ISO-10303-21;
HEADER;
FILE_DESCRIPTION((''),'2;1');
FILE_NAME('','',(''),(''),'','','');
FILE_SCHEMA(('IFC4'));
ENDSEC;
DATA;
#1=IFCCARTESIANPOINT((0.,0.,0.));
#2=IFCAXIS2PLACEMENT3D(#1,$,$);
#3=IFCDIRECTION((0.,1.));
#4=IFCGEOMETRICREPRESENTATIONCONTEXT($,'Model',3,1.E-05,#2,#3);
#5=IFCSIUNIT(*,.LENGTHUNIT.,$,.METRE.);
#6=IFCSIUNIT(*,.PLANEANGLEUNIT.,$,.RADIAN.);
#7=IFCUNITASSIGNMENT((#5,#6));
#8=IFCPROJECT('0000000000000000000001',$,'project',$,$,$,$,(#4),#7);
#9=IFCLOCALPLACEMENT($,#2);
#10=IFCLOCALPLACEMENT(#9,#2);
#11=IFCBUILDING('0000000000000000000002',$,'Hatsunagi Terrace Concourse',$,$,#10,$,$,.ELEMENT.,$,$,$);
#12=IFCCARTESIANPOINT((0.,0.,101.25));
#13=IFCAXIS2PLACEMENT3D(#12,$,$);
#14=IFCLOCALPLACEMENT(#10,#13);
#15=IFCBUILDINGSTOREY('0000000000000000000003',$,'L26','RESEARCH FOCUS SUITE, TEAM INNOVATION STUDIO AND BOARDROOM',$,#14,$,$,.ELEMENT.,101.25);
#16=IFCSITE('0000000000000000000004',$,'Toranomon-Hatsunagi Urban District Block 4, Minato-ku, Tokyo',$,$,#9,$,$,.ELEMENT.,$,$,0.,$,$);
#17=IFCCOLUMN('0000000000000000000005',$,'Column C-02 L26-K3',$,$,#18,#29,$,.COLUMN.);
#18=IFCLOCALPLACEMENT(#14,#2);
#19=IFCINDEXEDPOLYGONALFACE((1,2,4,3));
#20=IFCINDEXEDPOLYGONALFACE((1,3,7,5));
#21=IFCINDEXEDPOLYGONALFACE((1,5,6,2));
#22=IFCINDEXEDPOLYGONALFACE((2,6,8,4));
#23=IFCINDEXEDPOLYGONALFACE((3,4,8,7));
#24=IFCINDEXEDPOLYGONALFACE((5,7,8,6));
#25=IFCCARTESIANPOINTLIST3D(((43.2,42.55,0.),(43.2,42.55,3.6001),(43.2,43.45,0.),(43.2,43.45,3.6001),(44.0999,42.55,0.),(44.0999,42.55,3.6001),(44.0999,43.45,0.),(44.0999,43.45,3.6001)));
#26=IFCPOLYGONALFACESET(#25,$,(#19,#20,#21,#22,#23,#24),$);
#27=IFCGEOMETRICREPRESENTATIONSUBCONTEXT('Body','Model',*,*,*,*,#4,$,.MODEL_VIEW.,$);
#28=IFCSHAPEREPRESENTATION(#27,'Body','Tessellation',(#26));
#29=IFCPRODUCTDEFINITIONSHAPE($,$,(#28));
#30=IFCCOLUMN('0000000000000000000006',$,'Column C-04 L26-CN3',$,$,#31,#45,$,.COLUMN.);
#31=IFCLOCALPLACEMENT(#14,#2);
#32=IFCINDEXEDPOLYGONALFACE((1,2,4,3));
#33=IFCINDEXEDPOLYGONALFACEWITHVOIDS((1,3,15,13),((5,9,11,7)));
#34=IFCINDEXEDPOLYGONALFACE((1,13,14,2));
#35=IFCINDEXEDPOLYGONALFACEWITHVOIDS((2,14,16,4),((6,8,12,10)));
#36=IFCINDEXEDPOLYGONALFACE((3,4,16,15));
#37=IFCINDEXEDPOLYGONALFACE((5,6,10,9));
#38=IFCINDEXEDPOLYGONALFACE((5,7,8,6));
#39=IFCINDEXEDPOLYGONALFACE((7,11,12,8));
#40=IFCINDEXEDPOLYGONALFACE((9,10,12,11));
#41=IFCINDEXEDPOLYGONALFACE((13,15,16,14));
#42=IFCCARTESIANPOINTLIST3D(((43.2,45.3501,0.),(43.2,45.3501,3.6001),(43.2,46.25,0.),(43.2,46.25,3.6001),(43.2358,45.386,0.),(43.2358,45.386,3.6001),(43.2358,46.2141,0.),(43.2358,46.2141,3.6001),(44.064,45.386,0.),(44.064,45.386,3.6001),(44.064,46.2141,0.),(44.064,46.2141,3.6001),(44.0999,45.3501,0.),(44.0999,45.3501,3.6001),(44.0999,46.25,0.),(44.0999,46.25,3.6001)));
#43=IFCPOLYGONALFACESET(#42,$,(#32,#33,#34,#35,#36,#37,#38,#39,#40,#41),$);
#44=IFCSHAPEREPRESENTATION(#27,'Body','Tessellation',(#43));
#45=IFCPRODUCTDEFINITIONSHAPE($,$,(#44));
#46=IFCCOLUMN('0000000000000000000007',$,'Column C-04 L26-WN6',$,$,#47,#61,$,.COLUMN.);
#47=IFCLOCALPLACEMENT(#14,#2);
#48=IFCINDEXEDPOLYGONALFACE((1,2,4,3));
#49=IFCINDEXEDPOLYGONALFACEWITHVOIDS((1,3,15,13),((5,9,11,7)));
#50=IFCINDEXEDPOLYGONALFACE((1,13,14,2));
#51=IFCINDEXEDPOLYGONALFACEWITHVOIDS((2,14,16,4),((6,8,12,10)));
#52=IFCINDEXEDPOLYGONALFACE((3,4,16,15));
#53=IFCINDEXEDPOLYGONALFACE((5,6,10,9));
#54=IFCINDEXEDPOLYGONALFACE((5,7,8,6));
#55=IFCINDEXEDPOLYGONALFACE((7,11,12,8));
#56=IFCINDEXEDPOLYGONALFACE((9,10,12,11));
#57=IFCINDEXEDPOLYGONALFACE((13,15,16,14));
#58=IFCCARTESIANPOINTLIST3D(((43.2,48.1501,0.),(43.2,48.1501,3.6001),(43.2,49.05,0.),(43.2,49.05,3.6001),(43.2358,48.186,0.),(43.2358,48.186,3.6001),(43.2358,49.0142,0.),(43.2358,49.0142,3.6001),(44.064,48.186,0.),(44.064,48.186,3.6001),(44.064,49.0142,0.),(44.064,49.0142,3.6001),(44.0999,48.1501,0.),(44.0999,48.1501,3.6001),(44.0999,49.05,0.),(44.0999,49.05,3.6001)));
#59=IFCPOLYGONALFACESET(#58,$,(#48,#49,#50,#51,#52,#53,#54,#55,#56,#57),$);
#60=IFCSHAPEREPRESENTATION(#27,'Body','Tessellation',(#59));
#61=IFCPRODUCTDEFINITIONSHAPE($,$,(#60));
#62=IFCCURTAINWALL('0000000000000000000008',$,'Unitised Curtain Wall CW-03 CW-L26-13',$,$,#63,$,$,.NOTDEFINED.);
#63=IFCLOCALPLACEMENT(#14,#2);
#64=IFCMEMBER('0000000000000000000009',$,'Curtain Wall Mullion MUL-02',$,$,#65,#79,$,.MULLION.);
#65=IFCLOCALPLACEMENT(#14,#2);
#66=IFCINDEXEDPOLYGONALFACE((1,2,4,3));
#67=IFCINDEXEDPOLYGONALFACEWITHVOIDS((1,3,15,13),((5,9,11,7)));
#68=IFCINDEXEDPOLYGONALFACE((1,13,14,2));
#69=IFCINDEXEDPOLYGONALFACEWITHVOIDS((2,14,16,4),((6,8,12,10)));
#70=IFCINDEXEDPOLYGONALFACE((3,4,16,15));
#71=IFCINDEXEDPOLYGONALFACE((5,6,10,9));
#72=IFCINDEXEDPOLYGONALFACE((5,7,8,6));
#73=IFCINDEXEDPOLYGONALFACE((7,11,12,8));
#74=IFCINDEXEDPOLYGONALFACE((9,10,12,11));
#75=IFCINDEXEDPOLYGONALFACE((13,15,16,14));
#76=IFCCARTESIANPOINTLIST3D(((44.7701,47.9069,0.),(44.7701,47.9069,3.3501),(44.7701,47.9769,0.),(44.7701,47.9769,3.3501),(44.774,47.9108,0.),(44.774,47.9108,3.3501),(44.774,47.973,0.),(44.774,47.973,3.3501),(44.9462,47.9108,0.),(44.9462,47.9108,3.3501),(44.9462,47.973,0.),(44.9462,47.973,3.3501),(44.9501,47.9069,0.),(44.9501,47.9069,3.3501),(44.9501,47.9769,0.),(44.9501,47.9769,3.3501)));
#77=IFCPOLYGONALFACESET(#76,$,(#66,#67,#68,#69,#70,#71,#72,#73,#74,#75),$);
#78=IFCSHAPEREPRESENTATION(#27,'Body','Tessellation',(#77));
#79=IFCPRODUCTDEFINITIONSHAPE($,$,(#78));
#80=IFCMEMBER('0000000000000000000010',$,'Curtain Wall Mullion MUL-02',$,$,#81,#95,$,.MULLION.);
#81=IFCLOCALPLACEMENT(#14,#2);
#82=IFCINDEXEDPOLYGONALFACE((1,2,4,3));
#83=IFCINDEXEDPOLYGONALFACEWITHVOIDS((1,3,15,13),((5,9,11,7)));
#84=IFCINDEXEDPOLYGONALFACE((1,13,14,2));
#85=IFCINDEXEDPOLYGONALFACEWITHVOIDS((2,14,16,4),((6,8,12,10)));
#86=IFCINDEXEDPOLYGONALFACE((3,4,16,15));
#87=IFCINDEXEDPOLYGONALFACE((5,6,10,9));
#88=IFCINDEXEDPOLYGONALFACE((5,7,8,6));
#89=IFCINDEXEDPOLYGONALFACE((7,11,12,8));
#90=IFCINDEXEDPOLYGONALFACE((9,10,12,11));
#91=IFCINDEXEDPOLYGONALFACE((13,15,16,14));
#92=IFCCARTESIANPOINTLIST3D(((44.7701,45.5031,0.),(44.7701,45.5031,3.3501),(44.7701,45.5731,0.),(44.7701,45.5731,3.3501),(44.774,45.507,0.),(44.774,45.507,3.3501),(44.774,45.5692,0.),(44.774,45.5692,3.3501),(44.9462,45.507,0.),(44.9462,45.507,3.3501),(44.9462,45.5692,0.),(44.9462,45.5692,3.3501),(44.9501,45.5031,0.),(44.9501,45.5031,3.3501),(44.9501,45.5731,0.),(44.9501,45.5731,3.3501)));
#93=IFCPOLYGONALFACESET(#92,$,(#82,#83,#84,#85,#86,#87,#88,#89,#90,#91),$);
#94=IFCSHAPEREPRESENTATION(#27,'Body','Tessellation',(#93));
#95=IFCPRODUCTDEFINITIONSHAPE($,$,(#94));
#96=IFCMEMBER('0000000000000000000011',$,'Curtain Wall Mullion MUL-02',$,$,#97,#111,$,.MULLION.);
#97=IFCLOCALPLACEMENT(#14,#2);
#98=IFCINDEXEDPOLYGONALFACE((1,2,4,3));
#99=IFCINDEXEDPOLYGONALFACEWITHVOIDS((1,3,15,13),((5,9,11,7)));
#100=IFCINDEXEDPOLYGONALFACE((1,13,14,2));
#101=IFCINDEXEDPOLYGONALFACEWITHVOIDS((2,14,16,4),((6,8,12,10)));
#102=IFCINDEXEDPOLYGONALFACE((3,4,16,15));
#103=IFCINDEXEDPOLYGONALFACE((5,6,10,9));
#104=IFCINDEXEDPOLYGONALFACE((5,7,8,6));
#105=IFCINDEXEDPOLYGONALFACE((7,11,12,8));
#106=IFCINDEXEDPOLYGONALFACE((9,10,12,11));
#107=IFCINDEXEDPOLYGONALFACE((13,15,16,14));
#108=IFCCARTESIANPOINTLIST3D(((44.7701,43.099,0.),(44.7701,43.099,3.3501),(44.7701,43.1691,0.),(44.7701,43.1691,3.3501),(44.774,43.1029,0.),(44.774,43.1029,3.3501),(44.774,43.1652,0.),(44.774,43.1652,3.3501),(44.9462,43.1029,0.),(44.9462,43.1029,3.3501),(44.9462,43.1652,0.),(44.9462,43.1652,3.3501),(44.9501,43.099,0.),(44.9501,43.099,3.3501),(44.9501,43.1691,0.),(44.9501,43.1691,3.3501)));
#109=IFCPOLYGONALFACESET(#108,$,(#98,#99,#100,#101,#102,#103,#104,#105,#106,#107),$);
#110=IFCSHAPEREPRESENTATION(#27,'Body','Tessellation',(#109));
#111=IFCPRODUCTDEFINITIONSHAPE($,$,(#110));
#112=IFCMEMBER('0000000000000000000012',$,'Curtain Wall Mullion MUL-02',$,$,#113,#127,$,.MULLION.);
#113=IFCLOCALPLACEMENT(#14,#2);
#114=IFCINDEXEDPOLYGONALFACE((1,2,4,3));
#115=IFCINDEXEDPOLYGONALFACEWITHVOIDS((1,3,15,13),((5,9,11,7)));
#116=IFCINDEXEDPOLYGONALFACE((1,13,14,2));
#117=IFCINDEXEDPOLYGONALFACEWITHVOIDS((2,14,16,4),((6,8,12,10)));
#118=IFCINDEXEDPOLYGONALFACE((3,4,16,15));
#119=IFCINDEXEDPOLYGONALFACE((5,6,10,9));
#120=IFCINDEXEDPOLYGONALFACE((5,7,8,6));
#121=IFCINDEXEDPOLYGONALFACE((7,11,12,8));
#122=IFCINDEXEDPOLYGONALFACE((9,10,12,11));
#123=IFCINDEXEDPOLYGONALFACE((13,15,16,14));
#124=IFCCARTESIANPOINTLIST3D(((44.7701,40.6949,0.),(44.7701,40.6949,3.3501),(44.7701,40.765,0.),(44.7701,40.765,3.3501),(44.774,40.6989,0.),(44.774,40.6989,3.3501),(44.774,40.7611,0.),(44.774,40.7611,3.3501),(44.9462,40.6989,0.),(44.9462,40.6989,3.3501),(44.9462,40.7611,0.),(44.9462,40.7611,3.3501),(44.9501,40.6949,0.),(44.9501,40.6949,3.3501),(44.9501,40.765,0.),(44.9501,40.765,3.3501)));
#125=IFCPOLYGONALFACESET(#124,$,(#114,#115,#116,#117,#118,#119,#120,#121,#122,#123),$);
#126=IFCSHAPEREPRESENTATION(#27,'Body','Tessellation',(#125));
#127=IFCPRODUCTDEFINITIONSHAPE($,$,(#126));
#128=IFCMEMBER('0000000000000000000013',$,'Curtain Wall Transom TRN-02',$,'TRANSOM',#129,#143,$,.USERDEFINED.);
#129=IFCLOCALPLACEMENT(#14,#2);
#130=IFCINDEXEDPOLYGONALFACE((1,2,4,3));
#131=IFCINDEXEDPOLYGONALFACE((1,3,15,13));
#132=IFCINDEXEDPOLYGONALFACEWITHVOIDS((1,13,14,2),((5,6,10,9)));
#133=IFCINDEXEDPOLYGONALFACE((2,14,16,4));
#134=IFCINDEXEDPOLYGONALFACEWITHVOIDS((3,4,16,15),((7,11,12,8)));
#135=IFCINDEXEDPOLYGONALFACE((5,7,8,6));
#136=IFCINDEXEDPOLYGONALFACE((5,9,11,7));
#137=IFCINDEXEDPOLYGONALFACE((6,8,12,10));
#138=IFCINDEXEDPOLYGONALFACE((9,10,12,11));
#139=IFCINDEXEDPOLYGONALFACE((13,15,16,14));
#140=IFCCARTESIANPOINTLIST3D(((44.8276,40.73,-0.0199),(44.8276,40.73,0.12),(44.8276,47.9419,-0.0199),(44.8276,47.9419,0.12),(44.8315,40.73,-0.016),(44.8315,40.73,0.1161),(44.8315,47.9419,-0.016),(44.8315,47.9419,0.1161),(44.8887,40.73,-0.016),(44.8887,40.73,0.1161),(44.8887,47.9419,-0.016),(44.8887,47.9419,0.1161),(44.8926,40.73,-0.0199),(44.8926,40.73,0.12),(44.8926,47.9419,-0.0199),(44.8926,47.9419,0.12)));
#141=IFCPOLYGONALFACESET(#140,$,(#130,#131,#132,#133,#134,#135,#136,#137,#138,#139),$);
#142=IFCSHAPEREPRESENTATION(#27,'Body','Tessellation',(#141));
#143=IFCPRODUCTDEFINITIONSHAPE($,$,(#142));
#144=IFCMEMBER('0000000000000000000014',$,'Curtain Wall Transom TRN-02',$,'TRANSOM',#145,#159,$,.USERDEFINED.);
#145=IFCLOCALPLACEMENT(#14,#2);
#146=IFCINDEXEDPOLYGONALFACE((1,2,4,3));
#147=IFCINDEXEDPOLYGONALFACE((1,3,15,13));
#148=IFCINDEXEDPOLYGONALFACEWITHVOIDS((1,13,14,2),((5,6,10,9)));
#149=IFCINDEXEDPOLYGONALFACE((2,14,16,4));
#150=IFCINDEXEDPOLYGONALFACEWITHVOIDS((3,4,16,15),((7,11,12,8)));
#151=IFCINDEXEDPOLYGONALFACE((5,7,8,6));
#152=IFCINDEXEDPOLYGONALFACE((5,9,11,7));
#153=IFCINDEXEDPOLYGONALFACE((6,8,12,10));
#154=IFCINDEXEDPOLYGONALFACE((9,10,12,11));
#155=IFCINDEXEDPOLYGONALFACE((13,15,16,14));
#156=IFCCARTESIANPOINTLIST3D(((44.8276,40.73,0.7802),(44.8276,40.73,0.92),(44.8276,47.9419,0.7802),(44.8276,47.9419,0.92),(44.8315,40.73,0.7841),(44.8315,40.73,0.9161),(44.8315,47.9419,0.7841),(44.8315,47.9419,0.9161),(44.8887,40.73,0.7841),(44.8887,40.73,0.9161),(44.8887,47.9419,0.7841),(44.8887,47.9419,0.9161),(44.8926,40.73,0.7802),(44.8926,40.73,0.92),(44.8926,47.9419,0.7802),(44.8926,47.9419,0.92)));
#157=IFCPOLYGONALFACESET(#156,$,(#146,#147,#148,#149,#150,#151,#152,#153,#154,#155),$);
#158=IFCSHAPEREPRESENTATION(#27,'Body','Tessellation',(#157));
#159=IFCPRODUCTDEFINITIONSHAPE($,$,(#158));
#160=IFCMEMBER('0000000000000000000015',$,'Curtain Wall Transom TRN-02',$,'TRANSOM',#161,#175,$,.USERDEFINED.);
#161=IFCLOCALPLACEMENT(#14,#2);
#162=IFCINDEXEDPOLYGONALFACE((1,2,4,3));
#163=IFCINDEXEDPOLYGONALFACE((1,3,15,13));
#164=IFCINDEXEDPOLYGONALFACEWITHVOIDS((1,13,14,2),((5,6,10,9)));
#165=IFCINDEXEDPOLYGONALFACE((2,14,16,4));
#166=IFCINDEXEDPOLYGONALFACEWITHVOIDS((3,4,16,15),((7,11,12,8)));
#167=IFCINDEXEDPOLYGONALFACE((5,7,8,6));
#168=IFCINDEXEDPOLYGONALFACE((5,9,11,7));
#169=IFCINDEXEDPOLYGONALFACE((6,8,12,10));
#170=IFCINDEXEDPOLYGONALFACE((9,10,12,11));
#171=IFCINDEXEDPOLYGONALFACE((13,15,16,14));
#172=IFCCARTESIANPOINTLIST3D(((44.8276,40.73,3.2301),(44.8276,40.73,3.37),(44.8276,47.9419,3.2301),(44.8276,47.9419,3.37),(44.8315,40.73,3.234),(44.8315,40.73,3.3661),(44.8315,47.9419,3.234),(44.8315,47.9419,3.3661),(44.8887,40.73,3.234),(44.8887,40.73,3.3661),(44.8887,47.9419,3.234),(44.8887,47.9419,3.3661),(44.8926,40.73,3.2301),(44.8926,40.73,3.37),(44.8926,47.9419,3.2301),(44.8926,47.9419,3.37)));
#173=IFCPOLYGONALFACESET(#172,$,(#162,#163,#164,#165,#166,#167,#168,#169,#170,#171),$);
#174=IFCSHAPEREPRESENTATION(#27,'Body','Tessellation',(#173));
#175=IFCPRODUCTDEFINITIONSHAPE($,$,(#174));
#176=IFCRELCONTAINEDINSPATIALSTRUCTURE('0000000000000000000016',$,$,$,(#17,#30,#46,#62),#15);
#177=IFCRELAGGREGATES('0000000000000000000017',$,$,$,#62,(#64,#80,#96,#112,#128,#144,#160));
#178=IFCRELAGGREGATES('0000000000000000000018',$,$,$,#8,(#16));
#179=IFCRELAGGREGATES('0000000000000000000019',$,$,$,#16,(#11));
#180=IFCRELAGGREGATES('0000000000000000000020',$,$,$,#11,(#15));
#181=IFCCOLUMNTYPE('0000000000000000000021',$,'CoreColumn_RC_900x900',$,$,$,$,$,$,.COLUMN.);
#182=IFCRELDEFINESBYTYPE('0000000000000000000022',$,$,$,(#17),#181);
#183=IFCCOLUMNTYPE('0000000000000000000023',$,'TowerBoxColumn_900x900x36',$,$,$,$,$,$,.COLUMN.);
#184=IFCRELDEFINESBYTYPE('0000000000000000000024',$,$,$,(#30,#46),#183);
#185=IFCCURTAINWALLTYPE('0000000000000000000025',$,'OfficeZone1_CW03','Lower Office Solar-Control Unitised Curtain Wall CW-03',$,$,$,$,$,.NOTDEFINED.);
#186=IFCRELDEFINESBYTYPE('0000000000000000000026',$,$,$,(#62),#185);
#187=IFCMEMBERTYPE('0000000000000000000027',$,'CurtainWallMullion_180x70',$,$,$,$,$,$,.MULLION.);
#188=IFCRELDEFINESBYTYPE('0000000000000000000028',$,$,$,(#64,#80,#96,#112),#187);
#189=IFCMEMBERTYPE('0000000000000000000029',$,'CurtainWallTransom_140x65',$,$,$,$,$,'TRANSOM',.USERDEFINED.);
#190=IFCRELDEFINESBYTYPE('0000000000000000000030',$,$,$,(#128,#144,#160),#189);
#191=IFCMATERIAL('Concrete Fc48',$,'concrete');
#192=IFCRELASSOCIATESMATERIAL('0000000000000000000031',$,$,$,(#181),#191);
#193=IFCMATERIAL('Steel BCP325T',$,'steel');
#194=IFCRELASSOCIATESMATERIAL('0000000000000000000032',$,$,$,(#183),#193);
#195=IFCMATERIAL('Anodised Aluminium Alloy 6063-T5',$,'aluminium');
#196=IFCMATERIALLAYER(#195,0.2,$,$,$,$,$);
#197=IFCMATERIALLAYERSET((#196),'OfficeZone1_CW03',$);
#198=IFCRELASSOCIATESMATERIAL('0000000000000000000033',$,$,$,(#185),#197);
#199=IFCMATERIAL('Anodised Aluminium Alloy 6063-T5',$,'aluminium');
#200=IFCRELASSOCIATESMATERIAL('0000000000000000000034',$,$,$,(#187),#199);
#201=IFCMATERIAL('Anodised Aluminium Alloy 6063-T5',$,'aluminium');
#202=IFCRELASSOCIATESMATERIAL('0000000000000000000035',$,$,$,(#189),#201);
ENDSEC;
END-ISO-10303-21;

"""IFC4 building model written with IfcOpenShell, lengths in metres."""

from ifc_helpers import new_model, si_unit, direction, frame, origin, origin_2d, place, context, subcontext, project, spatial, rectangle, hollow_rectangle, extrude, material, layer, layer_set, material_profile, profile_set, type_object, element, aggregate, save


model = new_model("IFC4")

# Units and contexts
model_context = context("Model", 3, precision=1e-05, world=origin(), true_north=direction((0.0, 1.0)))
body_context = subcontext(model_context, "Body", "Model", "MODEL_VIEW")
ifc_project = project(units=[si_unit("LENGTHUNIT", "METRE"), si_unit("PLANEANGLEUNIT", "RADIAN")], contexts=[model_context])

# Site, building, storey
site_placement = place(None, origin())
site = spatial("IfcSite", under=ifc_project, at=site_placement, Name="Toranomon-Hatsunagi Urban District Block 4, Minato-ku, Tokyo", CompositionType="ELEMENT", RefElevation=0.0)
building_placement = place(site_placement, origin())
building = spatial("IfcBuilding", under=site, at=building_placement, Name="Hatsunagi Terrace Concourse", CompositionType="ELEMENT")
storey_placement = place(building_placement, frame((0.0, 0.0, 101.25)))
storey = spatial("IfcBuildingStorey", under=building, at=storey_placement, Name="L26", Description="RESEARCH FOCUS SUITE, TEAM INNOVATION STUDIO AND BOARDROOM", CompositionType="ELEMENT", Elevation=101.25)

# Columns
ifc_material_1 = material(Name="Concrete Fc48", Category="concrete")
ifc_material_profile_1 = material_profile(ifc_material_1, rectangle(XDim=0.8999, YDim=0.8999, at=origin_2d()), Name="RC-900x900")
ifc_profile_set_1 = profile_set([ifc_material_profile_1], Name="Concrete Fc48")
column_type_1 = type_object("IfcColumnType", Name="CoreColumn_RC_900x900", PredefinedType="COLUMN", material=ifc_profile_set_1)
column_placement = place(storey_placement, frame((43.6499, 43.0, 0.0), z_axis=(0.0, 0.0, 1.0), x_axis=(1.0, 0.0, 0.0)))
element("IfcColumn", 1, at=column_placement, inside=storey, type_object=column_type_1, Name="Column C-02 L26-K3", PredefinedType="COLUMN", context=body_context, shape_type="SweptSolid", body=[
    extrude(rectangle(XDim=0.8999, YDim=0.8999, at=origin_2d()), origin(), (0.0, 0.0, 1.0), 3.6001),
])
ifc_material_2 = material(Name="Steel BCP325T", Category="steel")
ifc_material_profile_2 = material_profile(ifc_material_2, hollow_rectangle(XDim=0.8999, YDim=0.8999, WallThickness=0.0359, at=origin_2d()), Name="BCP-900x900x36")
ifc_profile_set_2 = profile_set([ifc_material_profile_2], Name="Steel BCP325T")
column_type_2 = type_object("IfcColumnType", Name="TowerBoxColumn_900x900x36", PredefinedType="COLUMN", material=ifc_profile_set_2)
for number, where, z_axis, x_axis, name in (
    (2, (43.6499, 45.8, 0.0), (0.0, 0.0, 1.0), (1.0, 0.0, 0.0), "Column C-04 L26-CN3"),
    (3, (43.6499, 48.6001, 0.0), (0.0, 0.0, 1.0), (1.0, 0.0, 0.0), "Column C-04 L26-WN6"),
):
    element("IfcColumn", number, at=place(storey_placement, frame(where, z_axis=z_axis, x_axis=x_axis)), inside=storey, type_object=column_type_2, Name=name, PredefinedType="COLUMN", context=body_context, shape_type="SweptSolid", body=[
        extrude(hollow_rectangle(XDim=0.8999, YDim=0.8999, WallThickness=0.0359, at=origin_2d()), origin(), (0.0, 0.0, 1.0), 3.6001),
    ])

# Curtain wall, members
ifc_material_3 = material(Name="Anodised Aluminium Alloy 6063-T5", Category="aluminium")
ifc_layer_1 = layer(ifc_material_3, 0.2)
ifc_layer_set_1 = layer_set([ifc_layer_1], Name="OfficeZone1_CW03")
curtain_wall_type = type_object("IfcCurtainWallType", Name="OfficeZone1_CW03", Description="Lower Office Solar-Control Unitised Curtain Wall CW-03", PredefinedType="NOTDEFINED", material=ifc_layer_set_1)
curtain_wall_placement = place(storey_placement, origin())
curtain_wall = element("IfcCurtainWall", 4, at=curtain_wall_placement, inside=storey, type_object=curtain_wall_type, Name="Unitised Curtain Wall CW-03 CW-L26-13", PredefinedType="NOTDEFINED")
ifc_material_4 = material(Name="Anodised Aluminium Alloy 6063-T5", Category="aluminium")
ifc_material_profile_3 = material_profile(ifc_material_4, hollow_rectangle(XDim=0.0701, YDim=0.1799, WallThickness=0.0039, at=origin_2d()), Name="ALU-MUL-180x70x4")
ifc_profile_set_3 = profile_set([ifc_material_profile_3], Name="Anodised Aluminium Alloy 6063-T5")
member_type_1 = type_object("IfcMemberType", Name="CurtainWallMullion_180x70", PredefinedType="MULLION", material=ifc_profile_set_3)
member_1_placement = place(storey_placement, frame((44.8601, 47.9419, 0.0), z_axis=(0.0, 0.0, 1.0), x_axis=(0.0, -1.0, 0.0)))
member_1 = element("IfcMember", 5, at=member_1_placement, type_object=member_type_1, Name="Curtain Wall Mullion MUL-02", PredefinedType="MULLION", context=body_context, shape_type="SweptSolid", body=[
    extrude(hollow_rectangle(XDim=0.0701, YDim=0.1799, WallThickness=0.0039, at=origin_2d()), origin(), (0.0, 0.0, 1.0), 3.3501),
])
member_2_placement = place(storey_placement, frame((44.8601, 45.5381, 0.0), z_axis=(0.0, 0.0, 1.0), x_axis=(0.0, -1.0, 0.0)))
member_2 = element("IfcMember", 6, at=member_2_placement, type_object=member_type_1, Name="Curtain Wall Mullion MUL-02", PredefinedType="MULLION", context=body_context, shape_type="SweptSolid", body=[
    extrude(hollow_rectangle(XDim=0.0701, YDim=0.1799, WallThickness=0.0039, at=origin_2d()), origin(), (0.0, 0.0, 1.0), 3.3501),
])
member_3_placement = place(storey_placement, frame((44.8601, 43.134, 0.0), z_axis=(0.0, 0.0, 1.0), x_axis=(0.0, -1.0, 0.0)))
member_3 = element("IfcMember", 7, at=member_3_placement, type_object=member_type_1, Name="Curtain Wall Mullion MUL-02", PredefinedType="MULLION", context=body_context, shape_type="SweptSolid", body=[
    extrude(hollow_rectangle(XDim=0.0701, YDim=0.1799, WallThickness=0.0039, at=origin_2d()), origin(), (0.0, 0.0, 1.0), 3.3501),
])
member_4_placement = place(storey_placement, frame((44.8601, 40.73, 0.0), z_axis=(0.0, 0.0, 1.0), x_axis=(0.0, -1.0, 0.0)))
member_4 = element("IfcMember", 8, at=member_4_placement, type_object=member_type_1, Name="Curtain Wall Mullion MUL-02", PredefinedType="MULLION", context=body_context, shape_type="SweptSolid", body=[
    extrude(hollow_rectangle(XDim=0.0701, YDim=0.1799, WallThickness=0.0039, at=origin_2d()), origin(), (0.0, 0.0, 1.0), 3.3501),
])
ifc_material_5 = material(Name="Anodised Aluminium Alloy 6063-T5", Category="aluminium")
ifc_material_profile_4 = material_profile(ifc_material_5, hollow_rectangle(XDim=0.0649, YDim=0.1399, WallThickness=0.0039, at=origin_2d()), Name="ALU-TRN-140x65x4")
ifc_profile_set_4 = profile_set([ifc_material_profile_4], Name="Anodised Aluminium Alloy 6063-T5")
member_type_2 = type_object("IfcMemberType", Name="CurtainWallTransom_140x65", ElementType="TRANSOM", PredefinedType="USERDEFINED", material=ifc_profile_set_4)
member_5_placement = place(storey_placement, frame((44.8601, 47.9419, 0.05), z_axis=(0.0, -1.0, 0.0), x_axis=(1.0, 0.0, 0.0)))
member_5 = element("IfcMember", 9, at=member_5_placement, type_object=member_type_2, Name="Curtain Wall Transom TRN-02", ObjectType="TRANSOM", PredefinedType="USERDEFINED", context=body_context, shape_type="SweptSolid", body=[
    extrude(hollow_rectangle(XDim=0.0649, YDim=0.1399, WallThickness=0.0039, at=origin_2d()), origin(), (0.0, 0.0, 1.0), 7.2119),
])
member_6_placement = place(storey_placement, frame((44.8601, 47.9419, 0.8501), z_axis=(0.0, -1.0, 0.0), x_axis=(1.0, 0.0, 0.0)))
member_6 = element("IfcMember", 10, at=member_6_placement, type_object=member_type_2, Name="Curtain Wall Transom TRN-02", ObjectType="TRANSOM", PredefinedType="USERDEFINED", context=body_context, shape_type="SweptSolid", body=[
    extrude(hollow_rectangle(XDim=0.0649, YDim=0.1399, WallThickness=0.0039, at=origin_2d()), origin(), (0.0, 0.0, 1.0), 7.2119),
])
member_7_placement = place(storey_placement, frame((44.8601, 47.9419, 3.3), z_axis=(0.0, -1.0, 0.0), x_axis=(1.0, 0.0, 0.0)))
member_7 = element("IfcMember", 11, at=member_7_placement, type_object=member_type_2, Name="Curtain Wall Transom TRN-02", ObjectType="TRANSOM", PredefinedType="USERDEFINED", context=body_context, shape_type="SweptSolid", body=[
    extrude(hollow_rectangle(XDim=0.0649, YDim=0.1399, WallThickness=0.0039, at=origin_2d()), origin(), (0.0, 0.0, 1.0), 7.2119),
])

aggregate(curtain_wall, [member_1, member_2, member_3, member_4, member_5, member_6, member_7])

save(model, "model.ifc")
